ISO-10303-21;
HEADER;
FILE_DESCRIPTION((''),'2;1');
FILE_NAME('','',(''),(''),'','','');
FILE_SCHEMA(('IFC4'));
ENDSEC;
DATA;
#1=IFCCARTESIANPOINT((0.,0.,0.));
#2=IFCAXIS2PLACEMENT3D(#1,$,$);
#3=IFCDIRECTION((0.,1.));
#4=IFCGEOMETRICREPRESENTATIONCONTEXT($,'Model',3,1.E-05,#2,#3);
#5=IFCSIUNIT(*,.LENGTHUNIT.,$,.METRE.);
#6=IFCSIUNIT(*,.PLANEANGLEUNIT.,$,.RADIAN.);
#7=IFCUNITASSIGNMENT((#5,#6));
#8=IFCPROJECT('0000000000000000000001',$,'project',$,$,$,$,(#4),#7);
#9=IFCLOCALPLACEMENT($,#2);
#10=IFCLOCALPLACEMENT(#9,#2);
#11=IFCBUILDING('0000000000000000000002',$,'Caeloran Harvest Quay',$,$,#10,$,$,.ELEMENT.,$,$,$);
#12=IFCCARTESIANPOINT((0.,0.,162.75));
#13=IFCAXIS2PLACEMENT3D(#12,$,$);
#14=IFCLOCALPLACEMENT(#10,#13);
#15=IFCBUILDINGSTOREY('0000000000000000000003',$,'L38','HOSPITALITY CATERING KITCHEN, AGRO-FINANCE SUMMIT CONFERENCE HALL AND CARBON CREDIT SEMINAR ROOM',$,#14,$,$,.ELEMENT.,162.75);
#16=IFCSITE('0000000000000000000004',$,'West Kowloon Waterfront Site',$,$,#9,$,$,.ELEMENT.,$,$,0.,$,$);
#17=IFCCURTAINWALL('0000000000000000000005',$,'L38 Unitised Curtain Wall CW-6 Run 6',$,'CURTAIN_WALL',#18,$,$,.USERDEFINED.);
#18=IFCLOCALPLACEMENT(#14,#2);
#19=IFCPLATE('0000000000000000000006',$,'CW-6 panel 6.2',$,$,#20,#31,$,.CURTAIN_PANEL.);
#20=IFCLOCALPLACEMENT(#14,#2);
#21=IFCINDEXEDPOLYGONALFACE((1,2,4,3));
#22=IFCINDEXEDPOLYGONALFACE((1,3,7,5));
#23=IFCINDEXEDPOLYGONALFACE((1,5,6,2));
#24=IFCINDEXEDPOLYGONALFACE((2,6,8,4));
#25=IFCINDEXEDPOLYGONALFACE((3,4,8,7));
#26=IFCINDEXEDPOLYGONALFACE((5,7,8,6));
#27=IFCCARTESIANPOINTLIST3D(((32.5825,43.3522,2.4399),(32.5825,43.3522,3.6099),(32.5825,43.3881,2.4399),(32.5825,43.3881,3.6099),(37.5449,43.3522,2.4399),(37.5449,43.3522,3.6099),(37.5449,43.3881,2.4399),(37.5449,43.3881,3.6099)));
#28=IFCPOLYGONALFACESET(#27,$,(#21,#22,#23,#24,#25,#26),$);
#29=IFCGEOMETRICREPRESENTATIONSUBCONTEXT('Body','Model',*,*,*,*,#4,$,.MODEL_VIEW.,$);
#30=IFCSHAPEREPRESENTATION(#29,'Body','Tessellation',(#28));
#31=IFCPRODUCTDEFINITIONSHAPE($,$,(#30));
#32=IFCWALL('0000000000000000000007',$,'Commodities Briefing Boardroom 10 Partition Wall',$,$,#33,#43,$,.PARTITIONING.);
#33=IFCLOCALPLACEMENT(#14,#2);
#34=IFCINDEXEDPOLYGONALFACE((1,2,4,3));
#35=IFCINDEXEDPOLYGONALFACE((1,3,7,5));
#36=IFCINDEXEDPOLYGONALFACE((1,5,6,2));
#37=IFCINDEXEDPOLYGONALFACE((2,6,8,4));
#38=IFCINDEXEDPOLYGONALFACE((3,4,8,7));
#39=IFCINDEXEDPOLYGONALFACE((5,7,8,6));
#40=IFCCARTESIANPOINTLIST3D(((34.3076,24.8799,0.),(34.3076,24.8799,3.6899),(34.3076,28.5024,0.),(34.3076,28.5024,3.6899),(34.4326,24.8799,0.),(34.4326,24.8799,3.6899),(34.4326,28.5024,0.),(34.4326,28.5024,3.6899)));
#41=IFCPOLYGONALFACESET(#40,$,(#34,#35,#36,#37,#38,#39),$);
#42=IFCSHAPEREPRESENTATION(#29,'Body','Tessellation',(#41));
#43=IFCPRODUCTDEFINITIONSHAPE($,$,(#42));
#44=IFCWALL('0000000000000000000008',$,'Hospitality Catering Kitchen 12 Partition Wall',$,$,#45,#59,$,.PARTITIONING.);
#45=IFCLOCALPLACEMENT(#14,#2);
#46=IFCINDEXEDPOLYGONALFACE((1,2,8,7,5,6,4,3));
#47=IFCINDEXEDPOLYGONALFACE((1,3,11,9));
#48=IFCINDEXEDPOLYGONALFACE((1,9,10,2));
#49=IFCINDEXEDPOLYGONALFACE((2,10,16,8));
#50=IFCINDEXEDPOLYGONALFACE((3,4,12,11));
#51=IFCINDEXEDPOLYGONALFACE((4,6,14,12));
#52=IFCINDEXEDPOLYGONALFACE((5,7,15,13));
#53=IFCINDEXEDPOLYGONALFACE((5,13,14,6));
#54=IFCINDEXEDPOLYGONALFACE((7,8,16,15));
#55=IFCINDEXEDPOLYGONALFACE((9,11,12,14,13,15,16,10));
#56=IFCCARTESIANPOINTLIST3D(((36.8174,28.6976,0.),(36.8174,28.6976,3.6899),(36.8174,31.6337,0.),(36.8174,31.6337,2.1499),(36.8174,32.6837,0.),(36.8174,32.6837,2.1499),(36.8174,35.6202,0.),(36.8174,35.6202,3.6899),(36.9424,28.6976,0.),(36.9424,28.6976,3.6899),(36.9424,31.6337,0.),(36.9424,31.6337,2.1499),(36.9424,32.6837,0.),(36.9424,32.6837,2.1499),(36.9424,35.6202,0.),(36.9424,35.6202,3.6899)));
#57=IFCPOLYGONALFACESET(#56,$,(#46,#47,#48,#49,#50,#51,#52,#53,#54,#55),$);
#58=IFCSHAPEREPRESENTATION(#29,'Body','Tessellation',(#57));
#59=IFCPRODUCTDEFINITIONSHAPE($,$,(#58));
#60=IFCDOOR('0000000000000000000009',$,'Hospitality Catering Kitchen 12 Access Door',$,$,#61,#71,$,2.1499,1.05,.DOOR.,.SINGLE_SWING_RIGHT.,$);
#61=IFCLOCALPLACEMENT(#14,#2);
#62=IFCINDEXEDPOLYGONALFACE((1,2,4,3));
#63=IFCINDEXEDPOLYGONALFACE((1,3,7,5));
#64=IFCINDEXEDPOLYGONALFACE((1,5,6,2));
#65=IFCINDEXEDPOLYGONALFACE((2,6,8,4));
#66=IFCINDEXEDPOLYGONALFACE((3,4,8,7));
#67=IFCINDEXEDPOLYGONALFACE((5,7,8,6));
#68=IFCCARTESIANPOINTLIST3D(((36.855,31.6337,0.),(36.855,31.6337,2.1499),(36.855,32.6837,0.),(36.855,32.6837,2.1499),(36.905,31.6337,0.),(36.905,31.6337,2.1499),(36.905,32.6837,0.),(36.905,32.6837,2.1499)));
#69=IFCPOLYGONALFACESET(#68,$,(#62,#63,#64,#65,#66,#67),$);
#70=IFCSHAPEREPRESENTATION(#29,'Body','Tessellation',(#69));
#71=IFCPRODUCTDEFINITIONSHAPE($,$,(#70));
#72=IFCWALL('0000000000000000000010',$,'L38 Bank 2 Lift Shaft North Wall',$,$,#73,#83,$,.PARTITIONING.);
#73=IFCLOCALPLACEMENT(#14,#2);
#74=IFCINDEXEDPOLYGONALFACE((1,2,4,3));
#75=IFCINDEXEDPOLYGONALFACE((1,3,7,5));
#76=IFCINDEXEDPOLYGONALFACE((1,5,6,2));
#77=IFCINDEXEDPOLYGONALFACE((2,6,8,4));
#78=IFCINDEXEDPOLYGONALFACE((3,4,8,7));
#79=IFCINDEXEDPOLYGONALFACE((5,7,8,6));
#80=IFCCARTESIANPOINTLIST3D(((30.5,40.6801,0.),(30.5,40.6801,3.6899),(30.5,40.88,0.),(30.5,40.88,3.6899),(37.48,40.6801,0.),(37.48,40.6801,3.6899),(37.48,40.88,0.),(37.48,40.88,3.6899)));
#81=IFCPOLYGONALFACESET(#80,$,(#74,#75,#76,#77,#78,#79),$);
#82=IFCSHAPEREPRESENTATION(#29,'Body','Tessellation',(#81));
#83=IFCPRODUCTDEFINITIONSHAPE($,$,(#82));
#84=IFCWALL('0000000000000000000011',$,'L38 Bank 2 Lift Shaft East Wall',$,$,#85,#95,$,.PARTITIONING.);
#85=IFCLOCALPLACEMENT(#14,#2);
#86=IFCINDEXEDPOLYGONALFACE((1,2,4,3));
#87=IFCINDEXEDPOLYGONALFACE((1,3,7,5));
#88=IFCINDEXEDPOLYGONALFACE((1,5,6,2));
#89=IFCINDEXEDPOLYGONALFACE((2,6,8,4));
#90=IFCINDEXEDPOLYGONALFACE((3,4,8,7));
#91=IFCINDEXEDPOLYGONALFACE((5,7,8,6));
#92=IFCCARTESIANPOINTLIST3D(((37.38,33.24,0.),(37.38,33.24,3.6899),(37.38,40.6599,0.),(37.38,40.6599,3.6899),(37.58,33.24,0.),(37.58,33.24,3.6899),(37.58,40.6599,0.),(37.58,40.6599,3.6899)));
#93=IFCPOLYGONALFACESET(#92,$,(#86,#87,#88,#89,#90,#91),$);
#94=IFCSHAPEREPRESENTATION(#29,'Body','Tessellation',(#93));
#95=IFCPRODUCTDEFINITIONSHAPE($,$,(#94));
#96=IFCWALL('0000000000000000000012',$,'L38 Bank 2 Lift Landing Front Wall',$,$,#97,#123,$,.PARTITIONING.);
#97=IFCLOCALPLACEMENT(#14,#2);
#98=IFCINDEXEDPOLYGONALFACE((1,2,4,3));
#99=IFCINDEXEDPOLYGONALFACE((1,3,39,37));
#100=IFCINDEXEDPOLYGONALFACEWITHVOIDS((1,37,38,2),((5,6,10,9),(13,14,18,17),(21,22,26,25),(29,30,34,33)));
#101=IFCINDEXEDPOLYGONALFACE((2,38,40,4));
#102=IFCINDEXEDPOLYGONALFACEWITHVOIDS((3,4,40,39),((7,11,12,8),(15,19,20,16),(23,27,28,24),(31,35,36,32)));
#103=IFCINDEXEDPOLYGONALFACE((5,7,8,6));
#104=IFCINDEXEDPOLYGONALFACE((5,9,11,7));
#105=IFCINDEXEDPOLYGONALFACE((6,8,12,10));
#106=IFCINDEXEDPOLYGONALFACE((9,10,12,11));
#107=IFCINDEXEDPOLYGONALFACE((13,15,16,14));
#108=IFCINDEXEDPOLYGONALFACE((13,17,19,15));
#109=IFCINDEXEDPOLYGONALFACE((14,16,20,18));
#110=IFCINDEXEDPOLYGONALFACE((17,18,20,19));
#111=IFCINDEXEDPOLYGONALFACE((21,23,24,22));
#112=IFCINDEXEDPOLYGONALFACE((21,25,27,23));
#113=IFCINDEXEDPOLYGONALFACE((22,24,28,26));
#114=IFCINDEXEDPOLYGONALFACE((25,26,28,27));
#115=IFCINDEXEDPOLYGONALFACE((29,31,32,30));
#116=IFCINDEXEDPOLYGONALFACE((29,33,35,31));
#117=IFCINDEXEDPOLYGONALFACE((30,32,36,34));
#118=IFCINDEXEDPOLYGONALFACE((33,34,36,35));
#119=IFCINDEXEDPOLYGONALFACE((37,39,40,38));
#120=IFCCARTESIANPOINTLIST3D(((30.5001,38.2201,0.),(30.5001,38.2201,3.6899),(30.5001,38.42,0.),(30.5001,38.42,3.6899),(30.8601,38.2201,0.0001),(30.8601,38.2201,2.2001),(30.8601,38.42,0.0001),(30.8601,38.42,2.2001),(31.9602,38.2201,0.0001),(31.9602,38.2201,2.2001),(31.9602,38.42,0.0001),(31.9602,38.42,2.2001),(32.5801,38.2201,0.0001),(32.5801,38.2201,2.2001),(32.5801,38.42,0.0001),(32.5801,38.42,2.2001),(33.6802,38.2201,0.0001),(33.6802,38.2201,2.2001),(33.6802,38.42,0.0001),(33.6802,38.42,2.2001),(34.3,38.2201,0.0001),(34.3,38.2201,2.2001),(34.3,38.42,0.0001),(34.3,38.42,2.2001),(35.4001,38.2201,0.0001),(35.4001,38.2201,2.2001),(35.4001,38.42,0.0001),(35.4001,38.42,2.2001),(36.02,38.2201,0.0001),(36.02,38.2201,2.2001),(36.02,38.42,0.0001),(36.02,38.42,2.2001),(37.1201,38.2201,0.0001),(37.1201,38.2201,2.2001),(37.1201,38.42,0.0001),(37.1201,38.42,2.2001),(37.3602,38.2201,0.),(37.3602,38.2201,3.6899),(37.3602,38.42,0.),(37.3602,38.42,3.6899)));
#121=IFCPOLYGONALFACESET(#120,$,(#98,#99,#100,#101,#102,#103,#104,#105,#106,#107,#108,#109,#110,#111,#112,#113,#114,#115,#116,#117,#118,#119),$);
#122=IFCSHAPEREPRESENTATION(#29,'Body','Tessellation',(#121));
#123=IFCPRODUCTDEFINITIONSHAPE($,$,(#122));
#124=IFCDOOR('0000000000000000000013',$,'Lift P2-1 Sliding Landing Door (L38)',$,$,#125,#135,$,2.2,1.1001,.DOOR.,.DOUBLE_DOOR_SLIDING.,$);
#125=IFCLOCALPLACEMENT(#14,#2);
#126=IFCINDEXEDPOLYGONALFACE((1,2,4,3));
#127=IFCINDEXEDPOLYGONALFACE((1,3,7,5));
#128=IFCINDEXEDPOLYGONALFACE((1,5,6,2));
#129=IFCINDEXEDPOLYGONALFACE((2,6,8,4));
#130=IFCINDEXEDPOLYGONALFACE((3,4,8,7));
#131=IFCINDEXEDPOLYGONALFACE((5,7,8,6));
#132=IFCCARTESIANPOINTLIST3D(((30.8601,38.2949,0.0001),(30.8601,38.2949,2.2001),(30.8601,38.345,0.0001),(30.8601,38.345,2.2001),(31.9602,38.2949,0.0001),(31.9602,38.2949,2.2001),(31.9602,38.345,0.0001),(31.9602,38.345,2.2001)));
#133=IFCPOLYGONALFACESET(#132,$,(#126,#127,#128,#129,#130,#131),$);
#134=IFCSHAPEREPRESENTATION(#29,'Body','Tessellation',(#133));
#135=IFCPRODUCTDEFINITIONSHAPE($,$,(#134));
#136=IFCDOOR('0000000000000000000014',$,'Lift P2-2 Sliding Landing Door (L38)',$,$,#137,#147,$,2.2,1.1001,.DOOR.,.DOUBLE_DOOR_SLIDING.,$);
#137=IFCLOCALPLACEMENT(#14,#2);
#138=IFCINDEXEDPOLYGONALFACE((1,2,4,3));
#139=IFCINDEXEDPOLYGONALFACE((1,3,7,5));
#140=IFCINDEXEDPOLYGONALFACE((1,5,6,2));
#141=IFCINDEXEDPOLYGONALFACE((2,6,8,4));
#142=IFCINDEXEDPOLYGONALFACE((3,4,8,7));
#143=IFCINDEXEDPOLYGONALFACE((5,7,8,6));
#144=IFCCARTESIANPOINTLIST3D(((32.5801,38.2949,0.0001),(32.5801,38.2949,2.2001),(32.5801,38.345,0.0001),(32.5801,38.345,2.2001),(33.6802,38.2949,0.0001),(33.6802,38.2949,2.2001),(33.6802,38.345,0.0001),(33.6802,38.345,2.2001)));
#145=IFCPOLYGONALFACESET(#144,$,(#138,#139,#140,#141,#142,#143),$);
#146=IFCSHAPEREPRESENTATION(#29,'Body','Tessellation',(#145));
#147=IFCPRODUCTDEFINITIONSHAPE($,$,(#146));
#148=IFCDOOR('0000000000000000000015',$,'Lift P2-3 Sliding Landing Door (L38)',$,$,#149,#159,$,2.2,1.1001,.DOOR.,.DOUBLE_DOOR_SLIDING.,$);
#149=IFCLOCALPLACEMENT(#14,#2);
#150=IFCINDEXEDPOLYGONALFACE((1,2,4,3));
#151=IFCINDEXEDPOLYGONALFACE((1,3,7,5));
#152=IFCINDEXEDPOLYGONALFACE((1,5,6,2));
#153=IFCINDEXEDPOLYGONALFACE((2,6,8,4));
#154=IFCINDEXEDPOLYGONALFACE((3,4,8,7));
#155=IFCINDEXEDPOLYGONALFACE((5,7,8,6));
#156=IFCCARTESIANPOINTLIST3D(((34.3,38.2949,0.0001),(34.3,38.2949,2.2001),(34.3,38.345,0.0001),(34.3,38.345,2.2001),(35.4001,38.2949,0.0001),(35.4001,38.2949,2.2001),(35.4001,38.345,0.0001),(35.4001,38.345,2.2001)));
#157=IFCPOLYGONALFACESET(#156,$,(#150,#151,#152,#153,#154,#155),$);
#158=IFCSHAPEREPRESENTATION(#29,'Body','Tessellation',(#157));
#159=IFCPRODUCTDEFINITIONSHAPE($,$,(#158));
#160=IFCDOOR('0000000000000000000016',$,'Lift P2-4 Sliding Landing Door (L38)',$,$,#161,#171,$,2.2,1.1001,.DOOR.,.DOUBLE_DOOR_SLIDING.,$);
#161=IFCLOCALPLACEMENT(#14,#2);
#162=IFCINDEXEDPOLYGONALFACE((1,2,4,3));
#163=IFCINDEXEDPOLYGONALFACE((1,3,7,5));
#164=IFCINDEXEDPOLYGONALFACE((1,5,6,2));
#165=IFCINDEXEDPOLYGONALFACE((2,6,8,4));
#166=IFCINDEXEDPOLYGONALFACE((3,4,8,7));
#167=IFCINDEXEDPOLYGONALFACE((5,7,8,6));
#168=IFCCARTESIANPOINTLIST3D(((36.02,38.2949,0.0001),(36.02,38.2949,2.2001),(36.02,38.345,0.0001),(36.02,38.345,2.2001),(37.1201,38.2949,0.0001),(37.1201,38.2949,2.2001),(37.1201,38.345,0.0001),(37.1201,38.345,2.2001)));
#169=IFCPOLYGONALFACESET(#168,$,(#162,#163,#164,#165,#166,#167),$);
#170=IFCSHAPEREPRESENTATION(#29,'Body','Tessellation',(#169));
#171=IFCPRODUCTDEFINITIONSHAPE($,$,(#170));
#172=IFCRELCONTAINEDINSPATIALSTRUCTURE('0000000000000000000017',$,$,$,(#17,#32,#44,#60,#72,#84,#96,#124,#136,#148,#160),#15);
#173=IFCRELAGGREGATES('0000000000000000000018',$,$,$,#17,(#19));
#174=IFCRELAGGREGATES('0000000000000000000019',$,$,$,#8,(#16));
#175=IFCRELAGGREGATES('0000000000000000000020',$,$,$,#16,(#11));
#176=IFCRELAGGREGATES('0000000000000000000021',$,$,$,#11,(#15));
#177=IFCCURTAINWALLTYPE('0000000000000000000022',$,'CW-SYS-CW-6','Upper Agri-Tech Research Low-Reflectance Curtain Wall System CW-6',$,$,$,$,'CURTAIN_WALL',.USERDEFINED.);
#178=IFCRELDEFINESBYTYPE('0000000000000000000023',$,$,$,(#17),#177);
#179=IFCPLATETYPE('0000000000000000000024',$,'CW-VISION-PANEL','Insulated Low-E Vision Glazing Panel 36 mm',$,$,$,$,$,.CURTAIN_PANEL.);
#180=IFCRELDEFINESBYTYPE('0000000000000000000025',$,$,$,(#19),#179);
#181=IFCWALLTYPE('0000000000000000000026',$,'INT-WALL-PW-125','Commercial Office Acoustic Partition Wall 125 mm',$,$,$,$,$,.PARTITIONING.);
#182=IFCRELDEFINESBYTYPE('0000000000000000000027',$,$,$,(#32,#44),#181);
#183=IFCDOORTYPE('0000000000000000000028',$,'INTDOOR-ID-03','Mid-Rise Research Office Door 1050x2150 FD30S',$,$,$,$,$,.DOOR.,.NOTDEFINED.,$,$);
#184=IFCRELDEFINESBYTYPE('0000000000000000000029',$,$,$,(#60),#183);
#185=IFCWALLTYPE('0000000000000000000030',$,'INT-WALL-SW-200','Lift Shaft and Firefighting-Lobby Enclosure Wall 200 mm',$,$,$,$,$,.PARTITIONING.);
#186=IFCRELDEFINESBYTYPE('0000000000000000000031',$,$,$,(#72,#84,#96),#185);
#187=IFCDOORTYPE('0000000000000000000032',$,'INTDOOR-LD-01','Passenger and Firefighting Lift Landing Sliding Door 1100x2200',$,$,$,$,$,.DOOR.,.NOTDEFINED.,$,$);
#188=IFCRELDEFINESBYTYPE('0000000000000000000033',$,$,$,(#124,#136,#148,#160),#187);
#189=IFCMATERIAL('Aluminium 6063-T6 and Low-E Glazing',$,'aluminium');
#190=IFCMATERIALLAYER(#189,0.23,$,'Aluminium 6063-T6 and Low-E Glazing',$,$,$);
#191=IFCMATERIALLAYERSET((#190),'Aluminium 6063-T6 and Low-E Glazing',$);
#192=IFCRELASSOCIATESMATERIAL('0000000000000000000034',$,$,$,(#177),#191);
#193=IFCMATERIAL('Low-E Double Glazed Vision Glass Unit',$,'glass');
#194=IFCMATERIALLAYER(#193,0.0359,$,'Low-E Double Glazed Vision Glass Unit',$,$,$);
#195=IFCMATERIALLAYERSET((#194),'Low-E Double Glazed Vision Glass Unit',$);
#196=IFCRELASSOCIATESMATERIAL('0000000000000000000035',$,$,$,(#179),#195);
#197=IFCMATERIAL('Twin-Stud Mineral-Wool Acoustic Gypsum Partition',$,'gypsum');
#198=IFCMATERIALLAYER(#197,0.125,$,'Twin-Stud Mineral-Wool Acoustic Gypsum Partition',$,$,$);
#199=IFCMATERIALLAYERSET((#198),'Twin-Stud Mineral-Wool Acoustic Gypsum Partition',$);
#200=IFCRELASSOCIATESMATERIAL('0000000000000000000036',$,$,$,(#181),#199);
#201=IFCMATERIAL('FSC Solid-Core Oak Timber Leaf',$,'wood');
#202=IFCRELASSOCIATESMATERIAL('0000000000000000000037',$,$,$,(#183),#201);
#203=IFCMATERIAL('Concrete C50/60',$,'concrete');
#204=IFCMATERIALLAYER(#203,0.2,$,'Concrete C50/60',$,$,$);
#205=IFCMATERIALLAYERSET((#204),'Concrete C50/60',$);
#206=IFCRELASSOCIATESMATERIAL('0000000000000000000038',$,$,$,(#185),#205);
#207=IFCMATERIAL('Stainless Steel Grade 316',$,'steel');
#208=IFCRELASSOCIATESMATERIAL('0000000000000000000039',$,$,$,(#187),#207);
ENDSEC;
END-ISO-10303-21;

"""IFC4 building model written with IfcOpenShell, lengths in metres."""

from ifc_helpers import new_model, si_unit, direction, frame, frame_2d, origin, origin_2d, place, context, subcontext, project, spatial, rectangle, extrude, material, layer, layer_set, type_object, element, fill, aggregate, save


model = new_model("IFC4")

# Units and contexts
model_context = context("Model", 3, precision=1e-05, world=origin(), true_north=direction((0.0, 1.0)))
body_context = subcontext(model_context, "Body", "Model", "MODEL_VIEW")
ifc_project = project(units=[si_unit("LENGTHUNIT", "METRE"), si_unit("PLANEANGLEUNIT", "RADIAN")], contexts=[model_context])

# Site, building, storey
site_placement = place(None, origin())
site = spatial("IfcSite", under=ifc_project, at=site_placement, Name="West Kowloon Waterfront Site", CompositionType="ELEMENT", RefElevation=0.0)
building_placement = place(site_placement, origin())
building = spatial("IfcBuilding", under=site, at=building_placement, Name="Caeloran Harvest Quay", CompositionType="ELEMENT")
storey_placement = place(building_placement, frame((0.0, 0.0, 162.75)))
storey = spatial("IfcBuildingStorey", under=building, at=storey_placement, Name="L38", Description="HOSPITALITY CATERING KITCHEN, AGRO-FINANCE SUMMIT CONFERENCE HALL AND CARBON CREDIT SEMINAR ROOM", CompositionType="ELEMENT", Elevation=162.75)

# Curtain wall, plate
ifc_material_1 = material(Name="Aluminium 6063-T6 and Low-E Glazing", Category="aluminium")
ifc_layer_1 = layer(ifc_material_1, 0.23, Name="Aluminium 6063-T6 and Low-E Glazing")
ifc_layer_set_1 = layer_set([ifc_layer_1], Name="Aluminium 6063-T6 and Low-E Glazing")
curtain_wall_type = type_object("IfcCurtainWallType", Name="CW-SYS-CW-6", Description="Upper Agri-Tech Research Low-Reflectance Curtain Wall System CW-6", ElementType="CURTAIN_WALL", PredefinedType="USERDEFINED", material=ifc_layer_set_1)
curtain_wall_placement = place(storey_placement, origin())
curtain_wall = element("IfcCurtainWall", 1, at=curtain_wall_placement, inside=storey, type_object=curtain_wall_type, Name="L38 Unitised Curtain Wall CW-6 Run 6", ObjectType="CURTAIN_WALL", PredefinedType="USERDEFINED")
ifc_material_2 = material(Name="Low-E Double Glazed Vision Glass Unit", Category="glass")
ifc_layer_2 = layer(ifc_material_2, 0.0359, Name="Low-E Double Glazed Vision Glass Unit")
ifc_layer_set_2 = layer_set([ifc_layer_2], Name="Low-E Double Glazed Vision Glass Unit")
plate_type = type_object("IfcPlateType", Name="CW-VISION-PANEL", Description="Insulated Low-E Vision Glazing Panel 36 mm", PredefinedType="CURTAIN_PANEL", material=ifc_layer_set_2)
plate_1_placement = place(storey_placement, frame((35.0637, 43.3701, 2.4399), z_axis=(0.0, 0.0, 1.0), x_axis=(1.0, 0.0, 0.0)))
plate_1 = element("IfcPlate", 2, at=plate_1_placement, type_object=plate_type, Name="CW-6 panel 6.2", PredefinedType="CURTAIN_PANEL", context=body_context, shape_type="SweptSolid", body=[
    extrude(rectangle(XDim=4.9624, YDim=0.0359, at=origin_2d()), origin(), (0.0, 0.0, 1.0), 1.1699),
])
aggregate(curtain_wall, [plate_1])

# Wall
ifc_material_3 = material(Name="Twin-Stud Mineral-Wool Acoustic Gypsum Partition", Category="gypsum")
ifc_layer_3 = layer(ifc_material_3, 0.125, Name="Twin-Stud Mineral-Wool Acoustic Gypsum Partition")
ifc_layer_set_3 = layer_set([ifc_layer_3], Name="Twin-Stud Mineral-Wool Acoustic Gypsum Partition")
wall_type_1 = type_object("IfcWallType", Name="INT-WALL-PW-125", Description="Commercial Office Acoustic Partition Wall 125 mm", PredefinedType="PARTITIONING", material=ifc_layer_set_3)
wall_1_placement = place(storey_placement, frame((34.3701, 28.5024, 0.0), z_axis=(0.0, 0.0, 1.0), x_axis=(0.0, -1.0, 0.0)))
element("IfcWall", 3, at=wall_1_placement, inside=storey, type_object=wall_type_1, Name="Commodities Briefing Boardroom 10 Partition Wall", PredefinedType="PARTITIONING", context=body_context, shape_type="SweptSolid", body=[
    extrude(rectangle(XDim=3.6226, YDim=0.125, at=frame_2d((1.8113, 0.0))), origin(), (0.0, 0.0, 1.0), 3.6899),
])

# Wall, opening, door
wall_2_placement = place(storey_placement, frame((36.8799, 28.6975, 0.0), z_axis=(0.0, 0.0, 1.0), x_axis=(0.0, 1.0, 0.0)))
wall_2 = element("IfcWall", 4, at=wall_2_placement, inside=storey, type_object=wall_type_1, Name="Hospitality Catering Kitchen 12 Partition Wall", PredefinedType="PARTITIONING", context=body_context, shape_type="SweptSolid", body=[
    extrude(rectangle(XDim=6.9226, YDim=0.125, at=frame_2d((3.4614, 0.0))), origin(), (0.0, 0.0, 1.0), 3.6899),
])
opening_1_placement = place(wall_2_placement, frame((2.9363, 0.0, 0.0)))
opening_1 = element("IfcOpeningElement", 5, at=opening_1_placement, cuts=wall_2, PredefinedType="OPENING", context=body_context, shape_type="SweptSolid", body=[
    extrude(rectangle(XDim=1.05, YDim=2.1499, at=frame_2d((0.5249, 1.075))), frame((0.0, 0.0725, 0.0), z_axis=(0.0, -1.0, 0.0), x_axis=(1.0, 0.0, 0.0)), (0.0, 0.0, 1.0), 0.145),
])
ifc_material_4 = material(Name="FSC Solid-Core Oak Timber Leaf", Category="wood")
door_type_1 = type_object("IfcDoorType", Name="INTDOOR-ID-03", Description="Mid-Rise Research Office Door 1050x2150 FD30S", OperationType="NOTDEFINED", PredefinedType="DOOR", material=ifc_material_4)
door_1_placement = place(opening_1_placement, origin())
door_1 = element("IfcDoor", 6, at=door_1_placement, inside=storey, type_object=door_type_1, Name="Hospitality Catering Kitchen 12 Access Door", OperationType="SINGLE_SWING_RIGHT", OverallHeight=2.1499, OverallWidth=1.05, PredefinedType="DOOR", context=body_context, shape_type="SweptSolid", body=[
    extrude(rectangle(XDim=1.05, YDim=2.1499, at=frame_2d((0.5249, 1.075))), frame((0.0, 0.0249, 0.0), z_axis=(0.0, -1.0, 0.0), x_axis=(1.0, 0.0, 0.0)), (0.0, 0.0, 1.0), 0.05),
])
fill(opening_1, door_1)

# Walls
ifc_material_5 = material(Name="Concrete C50/60", Category="concrete")
ifc_layer_4 = layer(ifc_material_5, 0.2, Name="Concrete C50/60")
ifc_layer_set_4 = layer_set([ifc_layer_4], Name="Concrete C50/60")
wall_type_2 = type_object("IfcWallType", Name="INT-WALL-SW-200", Description="Lift Shaft and Firefighting-Lobby Enclosure Wall 200 mm", PredefinedType="PARTITIONING", material=ifc_layer_set_4)
wall_3_placement = place(storey_placement, frame((30.5, 40.78, 0.0), z_axis=(0.0, 0.0, 1.0), x_axis=(1.0, 0.0, 0.0)))
element("IfcWall", 7, at=wall_3_placement, inside=storey, type_object=wall_type_2, Name="L38 Bank 2 Lift Shaft North Wall", PredefinedType="PARTITIONING", context=body_context, shape_type="SweptSolid", body=[
    extrude(rectangle(XDim=6.98, YDim=0.2, at=frame_2d((3.49, 0.0))), origin(), (0.0, 0.0, 1.0), 3.6899),
])
wall_4_placement = place(storey_placement, frame((37.48, 33.24, 0.0), z_axis=(0.0, 0.0, 1.0), x_axis=(0.0, 1.0, 0.0)))
element("IfcWall", 8, at=wall_4_placement, inside=storey, type_object=wall_type_2, Name="L38 Bank 2 Lift Shaft East Wall", PredefinedType="PARTITIONING", context=body_context, shape_type="SweptSolid", body=[
    extrude(rectangle(XDim=7.4199, YDim=0.2, at=frame_2d((3.71, 0.0))), origin(), (0.0, 0.0, 1.0), 3.6899),
])

# Wall, openings, doors
wall_5_placement = place(storey_placement, frame((30.5, 38.3201, 0.0), z_axis=(0.0, 0.0, 1.0), x_axis=(1.0, 0.0, 0.0)))
wall_5 = element("IfcWall", 9, at=wall_5_placement, inside=storey, type_object=wall_type_2, Name="L38 Bank 2 Lift Landing Front Wall", PredefinedType="PARTITIONING", context=body_context, shape_type="SweptSolid", body=[
    extrude(rectangle(XDim=6.8601, YDim=0.2, at=frame_2d((3.4302, 0.0))), origin(), (0.0, 0.0, 1.0), 3.6899),
])
opening_2_placement = place(wall_5_placement, frame((0.3601, 0.0, 0.0)))
opening_2 = element("IfcOpeningElement", 10, at=opening_2_placement, cuts=wall_5, PredefinedType="OPENING", context=body_context, shape_type="SweptSolid", body=[
    extrude(rectangle(XDim=1.1001, YDim=2.2, at=frame_2d((0.55, 1.1001))), frame((0.0, 0.1099, 0.0), z_axis=(0.0, -1.0, 0.0), x_axis=(1.0, 0.0, 0.0)), (0.0, 0.0, 1.0), 0.22),
])
opening_3_placement = place(wall_5_placement, frame((2.0801, 0.0, 0.0)))
opening_3 = element("IfcOpeningElement", 11, at=opening_3_placement, cuts=wall_5, PredefinedType="OPENING", context=body_context, shape_type="SweptSolid", body=[
    extrude(rectangle(XDim=1.1001, YDim=2.2, at=frame_2d((0.55, 1.1001))), frame((0.0, 0.1099, 0.0), z_axis=(0.0, -1.0, 0.0), x_axis=(1.0, 0.0, 0.0)), (0.0, 0.0, 1.0), 0.22),
])
opening_4_placement = place(wall_5_placement, frame((3.8, 0.0, 0.0)))
opening_4 = element("IfcOpeningElement", 12, at=opening_4_placement, cuts=wall_5, PredefinedType="OPENING", context=body_context, shape_type="SweptSolid", body=[
    extrude(rectangle(XDim=1.1001, YDim=2.2, at=frame_2d((0.55, 1.1001))), frame((0.0, 0.1099, 0.0), z_axis=(0.0, -1.0, 0.0), x_axis=(1.0, 0.0, 0.0)), (0.0, 0.0, 1.0), 0.22),
])
opening_5_placement = place(wall_5_placement, frame((5.52, 0.0, 0.0)))
opening_5 = element("IfcOpeningElement", 13, at=opening_5_placement, cuts=wall_5, PredefinedType="OPENING", context=body_context, shape_type="SweptSolid", body=[
    extrude(rectangle(XDim=1.1001, YDim=2.2, at=frame_2d((0.55, 1.1001))), frame((0.0, 0.1099, 0.0), z_axis=(0.0, -1.0, 0.0), x_axis=(1.0, 0.0, 0.0)), (0.0, 0.0, 1.0), 0.22),
])
ifc_material_6 = material(Name="Stainless Steel Grade 316", Category="steel")
door_type_2 = type_object("IfcDoorType", Name="INTDOOR-LD-01", Description="Passenger and Firefighting Lift Landing Sliding Door 1100x2200", OperationType="NOTDEFINED", PredefinedType="DOOR", material=ifc_material_6)
door_2_placement = place(opening_2_placement, origin())
door_2 = element("IfcDoor", 14, at=door_2_placement, inside=storey, type_object=door_type_2, Name="Lift P2-1 Sliding Landing Door (L38)", OperationType="DOUBLE_DOOR_SLIDING", OverallHeight=2.2, OverallWidth=1.1001, PredefinedType="DOOR", context=body_context, shape_type="SweptSolid", body=[
    extrude(rectangle(XDim=1.1001, YDim=2.2, at=frame_2d((0.55, 1.1001))), frame((0.0, 0.0249, 0.0), z_axis=(0.0, -1.0, 0.0), x_axis=(1.0, 0.0, 0.0)), (0.0, 0.0, 1.0), 0.05),
])
fill(opening_2, door_2)
door_3_placement = place(opening_3_placement, origin())
door_3 = element("IfcDoor", 15, at=door_3_placement, inside=storey, type_object=door_type_2, Name="Lift P2-2 Sliding Landing Door (L38)", OperationType="DOUBLE_DOOR_SLIDING", OverallHeight=2.2, OverallWidth=1.1001, PredefinedType="DOOR", context=body_context, shape_type="SweptSolid", body=[
    extrude(rectangle(XDim=1.1001, YDim=2.2, at=frame_2d((0.55, 1.1001))), frame((0.0, 0.0249, 0.0), z_axis=(0.0, -1.0, 0.0), x_axis=(1.0, 0.0, 0.0)), (0.0, 0.0, 1.0), 0.05),
])
fill(opening_3, door_3)
door_4_placement = place(opening_4_placement, origin())
door_4 = element("IfcDoor", 16, at=door_4_placement, inside=storey, type_object=door_type_2, Name="Lift P2-3 Sliding Landing Door (L38)", OperationType="DOUBLE_DOOR_SLIDING", OverallHeight=2.2, OverallWidth=1.1001, PredefinedType="DOOR", context=body_context, shape_type="SweptSolid", body=[
    extrude(rectangle(XDim=1.1001, YDim=2.2, at=frame_2d((0.55, 1.1001))), frame((0.0, 0.0249, 0.0), z_axis=(0.0, -1.0, 0.0), x_axis=(1.0, 0.0, 0.0)), (0.0, 0.0, 1.0), 0.05),
])
fill(opening_4, door_4)
door_5_placement = place(opening_5_placement, origin())
door_5 = element("IfcDoor", 17, at=door_5_placement, inside=storey, type_object=door_type_2, Name="Lift P2-4 Sliding Landing Door (L38)", OperationType="DOUBLE_DOOR_SLIDING", OverallHeight=2.2, OverallWidth=1.1001, PredefinedType="DOOR", context=body_context, shape_type="SweptSolid", body=[
    extrude(rectangle(XDim=1.1001, YDim=2.2, at=frame_2d((0.55, 1.1001))), frame((0.0, 0.0249, 0.0), z_axis=(0.0, -1.0, 0.0), x_axis=(1.0, 0.0, 0.0)), (0.0, 0.0, 1.0), 0.05),
])
fill(opening_5, door_5)

save(model, "model.ifc")
